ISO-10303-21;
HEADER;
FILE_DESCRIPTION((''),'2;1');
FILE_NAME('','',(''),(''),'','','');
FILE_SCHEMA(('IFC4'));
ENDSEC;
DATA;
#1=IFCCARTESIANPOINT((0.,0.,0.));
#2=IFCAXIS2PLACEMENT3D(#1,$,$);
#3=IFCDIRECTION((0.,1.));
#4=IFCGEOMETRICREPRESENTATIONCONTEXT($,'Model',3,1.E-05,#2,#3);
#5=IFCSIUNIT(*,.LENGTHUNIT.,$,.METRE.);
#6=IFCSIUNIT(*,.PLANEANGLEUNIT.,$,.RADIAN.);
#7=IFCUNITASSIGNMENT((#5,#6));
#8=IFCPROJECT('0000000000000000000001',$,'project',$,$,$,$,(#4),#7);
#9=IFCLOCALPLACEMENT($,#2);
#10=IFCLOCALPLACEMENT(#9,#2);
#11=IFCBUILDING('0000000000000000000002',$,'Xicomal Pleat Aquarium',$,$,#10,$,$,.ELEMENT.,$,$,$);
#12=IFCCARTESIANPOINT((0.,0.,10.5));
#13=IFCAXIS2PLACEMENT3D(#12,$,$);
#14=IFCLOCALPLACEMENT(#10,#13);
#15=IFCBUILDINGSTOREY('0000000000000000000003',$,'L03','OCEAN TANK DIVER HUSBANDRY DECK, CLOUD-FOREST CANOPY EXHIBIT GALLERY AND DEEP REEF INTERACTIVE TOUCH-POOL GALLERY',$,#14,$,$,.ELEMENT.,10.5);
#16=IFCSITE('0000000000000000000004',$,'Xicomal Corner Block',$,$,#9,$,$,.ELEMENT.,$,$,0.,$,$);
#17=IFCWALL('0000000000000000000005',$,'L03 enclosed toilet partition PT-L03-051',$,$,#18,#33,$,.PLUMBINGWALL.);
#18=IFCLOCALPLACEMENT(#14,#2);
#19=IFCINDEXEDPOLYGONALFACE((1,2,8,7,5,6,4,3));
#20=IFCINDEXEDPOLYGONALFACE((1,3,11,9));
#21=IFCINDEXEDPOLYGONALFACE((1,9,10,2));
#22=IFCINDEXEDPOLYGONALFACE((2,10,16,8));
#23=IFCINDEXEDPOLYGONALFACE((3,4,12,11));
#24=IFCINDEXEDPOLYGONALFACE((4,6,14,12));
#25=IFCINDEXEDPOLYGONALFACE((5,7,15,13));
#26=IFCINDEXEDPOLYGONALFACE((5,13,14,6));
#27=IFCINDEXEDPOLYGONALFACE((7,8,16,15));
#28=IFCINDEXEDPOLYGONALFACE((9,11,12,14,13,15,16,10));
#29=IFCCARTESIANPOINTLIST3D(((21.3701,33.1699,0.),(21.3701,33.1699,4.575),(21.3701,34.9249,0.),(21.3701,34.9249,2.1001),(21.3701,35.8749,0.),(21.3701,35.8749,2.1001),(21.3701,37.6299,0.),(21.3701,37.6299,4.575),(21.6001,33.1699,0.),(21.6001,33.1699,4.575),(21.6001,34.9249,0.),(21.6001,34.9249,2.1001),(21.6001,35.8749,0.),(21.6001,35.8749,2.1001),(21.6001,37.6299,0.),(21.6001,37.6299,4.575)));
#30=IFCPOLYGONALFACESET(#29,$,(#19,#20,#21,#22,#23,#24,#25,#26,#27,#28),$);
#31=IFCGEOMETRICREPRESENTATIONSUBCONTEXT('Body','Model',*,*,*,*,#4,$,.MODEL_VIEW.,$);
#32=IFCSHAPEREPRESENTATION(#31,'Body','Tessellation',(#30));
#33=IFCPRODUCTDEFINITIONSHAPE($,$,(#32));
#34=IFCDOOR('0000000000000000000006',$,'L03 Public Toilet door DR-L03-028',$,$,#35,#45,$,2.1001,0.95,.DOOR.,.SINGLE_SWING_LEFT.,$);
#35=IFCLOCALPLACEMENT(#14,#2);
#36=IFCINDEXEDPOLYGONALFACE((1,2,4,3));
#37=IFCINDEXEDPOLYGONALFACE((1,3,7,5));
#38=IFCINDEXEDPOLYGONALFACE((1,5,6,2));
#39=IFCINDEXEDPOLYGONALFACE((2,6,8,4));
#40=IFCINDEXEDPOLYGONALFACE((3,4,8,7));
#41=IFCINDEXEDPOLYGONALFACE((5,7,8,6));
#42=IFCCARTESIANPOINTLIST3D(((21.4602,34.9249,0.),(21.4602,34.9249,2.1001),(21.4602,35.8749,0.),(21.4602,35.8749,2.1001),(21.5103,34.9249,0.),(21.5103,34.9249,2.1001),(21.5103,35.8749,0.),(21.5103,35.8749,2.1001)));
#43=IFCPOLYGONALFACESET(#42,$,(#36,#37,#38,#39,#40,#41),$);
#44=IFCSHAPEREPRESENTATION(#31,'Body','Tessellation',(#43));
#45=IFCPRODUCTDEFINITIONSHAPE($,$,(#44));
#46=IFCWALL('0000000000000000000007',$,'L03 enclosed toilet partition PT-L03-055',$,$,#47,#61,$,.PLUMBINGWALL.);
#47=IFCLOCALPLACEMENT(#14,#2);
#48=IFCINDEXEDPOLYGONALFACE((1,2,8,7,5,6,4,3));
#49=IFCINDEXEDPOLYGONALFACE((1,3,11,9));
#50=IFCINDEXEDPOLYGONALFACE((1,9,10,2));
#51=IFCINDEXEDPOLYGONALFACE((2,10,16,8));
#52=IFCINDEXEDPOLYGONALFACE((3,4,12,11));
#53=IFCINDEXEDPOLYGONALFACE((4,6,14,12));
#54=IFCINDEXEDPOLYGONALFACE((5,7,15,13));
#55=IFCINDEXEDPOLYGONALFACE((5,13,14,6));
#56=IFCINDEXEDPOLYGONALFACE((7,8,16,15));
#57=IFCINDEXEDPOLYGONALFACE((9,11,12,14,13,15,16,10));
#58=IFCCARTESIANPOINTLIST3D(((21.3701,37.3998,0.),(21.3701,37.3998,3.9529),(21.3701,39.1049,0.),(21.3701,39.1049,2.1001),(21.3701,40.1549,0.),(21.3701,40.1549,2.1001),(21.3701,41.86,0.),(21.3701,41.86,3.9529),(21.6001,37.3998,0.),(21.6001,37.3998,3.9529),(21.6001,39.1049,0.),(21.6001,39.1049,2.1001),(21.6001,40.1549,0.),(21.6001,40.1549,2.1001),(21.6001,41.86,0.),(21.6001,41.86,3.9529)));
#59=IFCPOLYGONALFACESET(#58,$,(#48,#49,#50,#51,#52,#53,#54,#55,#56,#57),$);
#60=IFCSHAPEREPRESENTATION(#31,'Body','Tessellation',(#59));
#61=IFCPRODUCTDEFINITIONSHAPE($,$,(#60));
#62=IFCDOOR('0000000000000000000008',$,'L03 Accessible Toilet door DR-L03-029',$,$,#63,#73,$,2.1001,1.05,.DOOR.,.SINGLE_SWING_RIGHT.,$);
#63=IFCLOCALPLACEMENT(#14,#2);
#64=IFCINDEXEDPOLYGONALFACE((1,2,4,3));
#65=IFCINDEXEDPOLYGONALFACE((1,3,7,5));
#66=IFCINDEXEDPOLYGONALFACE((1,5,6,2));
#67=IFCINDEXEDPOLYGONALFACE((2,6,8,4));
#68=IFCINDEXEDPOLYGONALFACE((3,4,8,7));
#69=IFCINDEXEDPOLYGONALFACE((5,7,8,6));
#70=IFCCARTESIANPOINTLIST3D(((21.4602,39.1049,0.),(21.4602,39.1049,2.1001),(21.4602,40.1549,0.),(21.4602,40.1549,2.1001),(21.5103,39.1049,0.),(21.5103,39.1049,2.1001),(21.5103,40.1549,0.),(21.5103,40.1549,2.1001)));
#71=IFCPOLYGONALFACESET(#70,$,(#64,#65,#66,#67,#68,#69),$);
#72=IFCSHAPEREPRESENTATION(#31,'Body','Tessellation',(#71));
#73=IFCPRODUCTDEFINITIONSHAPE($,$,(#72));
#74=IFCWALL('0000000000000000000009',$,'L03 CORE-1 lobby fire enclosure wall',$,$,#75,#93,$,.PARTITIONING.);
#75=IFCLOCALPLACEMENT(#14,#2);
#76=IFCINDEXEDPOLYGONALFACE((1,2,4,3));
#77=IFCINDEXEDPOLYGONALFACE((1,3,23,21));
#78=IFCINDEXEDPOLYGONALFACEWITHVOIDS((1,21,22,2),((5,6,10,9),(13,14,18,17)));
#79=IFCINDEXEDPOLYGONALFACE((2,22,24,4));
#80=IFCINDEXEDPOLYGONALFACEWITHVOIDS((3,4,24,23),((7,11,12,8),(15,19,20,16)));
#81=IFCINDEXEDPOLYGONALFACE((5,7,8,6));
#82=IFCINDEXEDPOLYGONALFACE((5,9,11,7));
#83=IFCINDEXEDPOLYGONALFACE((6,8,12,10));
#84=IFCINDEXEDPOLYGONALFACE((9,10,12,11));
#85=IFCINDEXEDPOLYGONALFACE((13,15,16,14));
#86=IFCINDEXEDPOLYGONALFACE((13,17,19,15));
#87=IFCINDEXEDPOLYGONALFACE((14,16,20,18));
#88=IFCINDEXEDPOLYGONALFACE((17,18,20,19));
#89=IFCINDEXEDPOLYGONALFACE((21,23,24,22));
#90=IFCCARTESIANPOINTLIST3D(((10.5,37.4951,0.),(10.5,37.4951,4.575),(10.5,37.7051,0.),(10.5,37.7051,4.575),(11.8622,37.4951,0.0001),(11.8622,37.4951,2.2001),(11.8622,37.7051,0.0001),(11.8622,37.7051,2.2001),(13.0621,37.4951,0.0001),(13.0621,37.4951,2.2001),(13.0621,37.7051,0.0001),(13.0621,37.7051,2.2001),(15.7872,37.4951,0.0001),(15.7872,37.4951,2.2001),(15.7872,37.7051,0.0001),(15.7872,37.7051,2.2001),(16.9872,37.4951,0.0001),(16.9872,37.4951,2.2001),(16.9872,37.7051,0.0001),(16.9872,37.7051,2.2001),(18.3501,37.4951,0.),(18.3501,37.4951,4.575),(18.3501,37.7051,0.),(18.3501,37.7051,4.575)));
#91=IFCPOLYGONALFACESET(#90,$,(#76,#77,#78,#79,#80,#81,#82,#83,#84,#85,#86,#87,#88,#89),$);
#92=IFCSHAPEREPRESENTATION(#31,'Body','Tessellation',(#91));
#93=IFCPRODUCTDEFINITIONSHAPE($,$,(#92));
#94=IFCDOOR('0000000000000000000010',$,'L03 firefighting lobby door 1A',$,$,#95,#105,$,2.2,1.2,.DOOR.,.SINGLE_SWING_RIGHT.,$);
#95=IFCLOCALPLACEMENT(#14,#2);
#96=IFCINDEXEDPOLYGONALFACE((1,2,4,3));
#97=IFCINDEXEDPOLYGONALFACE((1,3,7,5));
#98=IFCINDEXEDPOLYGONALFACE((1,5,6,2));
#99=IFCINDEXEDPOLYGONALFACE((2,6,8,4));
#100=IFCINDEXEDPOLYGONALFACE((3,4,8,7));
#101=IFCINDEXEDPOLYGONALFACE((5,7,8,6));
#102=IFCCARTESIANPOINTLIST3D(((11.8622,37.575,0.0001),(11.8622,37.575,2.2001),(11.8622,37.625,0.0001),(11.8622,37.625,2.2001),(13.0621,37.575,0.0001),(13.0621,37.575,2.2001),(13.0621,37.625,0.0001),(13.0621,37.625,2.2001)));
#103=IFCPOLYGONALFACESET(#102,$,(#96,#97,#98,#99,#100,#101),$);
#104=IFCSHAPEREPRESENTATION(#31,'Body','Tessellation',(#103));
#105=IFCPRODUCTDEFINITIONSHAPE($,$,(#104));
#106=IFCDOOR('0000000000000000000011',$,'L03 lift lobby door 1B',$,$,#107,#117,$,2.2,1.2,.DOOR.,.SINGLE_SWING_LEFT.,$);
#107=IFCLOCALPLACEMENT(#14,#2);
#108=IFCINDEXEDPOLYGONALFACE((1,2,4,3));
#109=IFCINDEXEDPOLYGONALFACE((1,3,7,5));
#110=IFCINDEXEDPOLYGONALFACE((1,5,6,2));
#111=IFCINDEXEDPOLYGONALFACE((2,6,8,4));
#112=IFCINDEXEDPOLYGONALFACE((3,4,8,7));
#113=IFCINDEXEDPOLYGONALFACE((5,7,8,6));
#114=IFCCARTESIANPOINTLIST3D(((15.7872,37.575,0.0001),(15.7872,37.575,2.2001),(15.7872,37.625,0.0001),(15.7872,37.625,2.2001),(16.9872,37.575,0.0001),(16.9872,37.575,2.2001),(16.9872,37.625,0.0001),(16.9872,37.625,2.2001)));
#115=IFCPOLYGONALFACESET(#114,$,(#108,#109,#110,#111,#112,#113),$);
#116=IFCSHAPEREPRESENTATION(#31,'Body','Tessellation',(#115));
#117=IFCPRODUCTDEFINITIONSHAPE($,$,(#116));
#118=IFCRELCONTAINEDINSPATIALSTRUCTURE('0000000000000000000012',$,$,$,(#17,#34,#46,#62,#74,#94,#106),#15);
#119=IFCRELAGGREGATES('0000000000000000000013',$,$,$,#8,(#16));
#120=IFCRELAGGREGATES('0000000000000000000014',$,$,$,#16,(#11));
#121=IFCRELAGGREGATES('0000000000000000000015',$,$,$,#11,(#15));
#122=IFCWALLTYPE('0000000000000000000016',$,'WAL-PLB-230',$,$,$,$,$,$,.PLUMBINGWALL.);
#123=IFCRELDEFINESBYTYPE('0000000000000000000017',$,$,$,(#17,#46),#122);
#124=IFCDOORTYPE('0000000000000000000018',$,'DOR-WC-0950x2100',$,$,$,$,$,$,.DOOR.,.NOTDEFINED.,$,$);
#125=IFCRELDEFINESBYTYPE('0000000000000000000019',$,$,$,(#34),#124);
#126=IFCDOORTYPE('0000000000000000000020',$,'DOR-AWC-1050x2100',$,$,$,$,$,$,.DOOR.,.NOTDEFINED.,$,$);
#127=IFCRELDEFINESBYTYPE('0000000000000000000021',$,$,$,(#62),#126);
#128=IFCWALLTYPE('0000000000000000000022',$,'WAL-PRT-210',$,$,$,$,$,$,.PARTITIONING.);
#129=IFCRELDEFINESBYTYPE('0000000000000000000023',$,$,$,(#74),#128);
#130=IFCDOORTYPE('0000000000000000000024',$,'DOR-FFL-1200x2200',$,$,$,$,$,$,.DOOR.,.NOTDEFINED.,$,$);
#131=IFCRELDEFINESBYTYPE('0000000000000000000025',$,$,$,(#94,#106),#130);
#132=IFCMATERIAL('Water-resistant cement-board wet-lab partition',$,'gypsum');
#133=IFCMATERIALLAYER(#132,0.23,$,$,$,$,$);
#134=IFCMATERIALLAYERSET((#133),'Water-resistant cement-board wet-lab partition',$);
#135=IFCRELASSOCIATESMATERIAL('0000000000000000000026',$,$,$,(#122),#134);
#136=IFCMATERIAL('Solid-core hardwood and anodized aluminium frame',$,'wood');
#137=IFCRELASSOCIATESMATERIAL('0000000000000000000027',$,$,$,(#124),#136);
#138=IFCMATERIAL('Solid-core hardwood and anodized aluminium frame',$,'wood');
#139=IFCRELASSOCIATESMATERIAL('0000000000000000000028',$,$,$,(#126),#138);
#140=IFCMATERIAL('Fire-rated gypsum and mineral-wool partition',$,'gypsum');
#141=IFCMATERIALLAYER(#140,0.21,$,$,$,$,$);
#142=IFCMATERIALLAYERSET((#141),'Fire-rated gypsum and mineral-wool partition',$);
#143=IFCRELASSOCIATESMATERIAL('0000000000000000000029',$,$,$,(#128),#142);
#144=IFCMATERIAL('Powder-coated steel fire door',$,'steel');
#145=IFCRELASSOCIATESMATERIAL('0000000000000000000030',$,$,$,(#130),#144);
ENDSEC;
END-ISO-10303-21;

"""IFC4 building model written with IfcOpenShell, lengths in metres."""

from ifc_helpers import new_model, si_unit, direction, frame, frame_2d, origin, place, context, subcontext, project, spatial, rectangle, extrude, material, layer, layer_set, type_object, element, fill, save


model = new_model("IFC4")

# Units and contexts
model_context = context("Model", 3, precision=1e-05, world=origin(), true_north=direction((0.0, 1.0)))
body_context = subcontext(model_context, "Body", "Model", "MODEL_VIEW")
ifc_project = project(units=[si_unit("LENGTHUNIT", "METRE"), si_unit("PLANEANGLEUNIT", "RADIAN")], contexts=[model_context])

# Site, building, storey
site_placement = place(None, origin())
site = spatial("IfcSite", under=ifc_project, at=site_placement, Name="Xicomal Corner Block", CompositionType="ELEMENT", RefElevation=0.0)
building_placement = place(site_placement, origin())
building = spatial("IfcBuilding", under=site, at=building_placement, Name="Xicomal Pleat Aquarium", CompositionType="ELEMENT")
storey_placement = place(building_placement, frame((0.0, 0.0, 10.5)))
storey = spatial("IfcBuildingStorey", under=building, at=storey_placement, Name="L03", Description="OCEAN TANK DIVER HUSBANDRY DECK, CLOUD-FOREST CANOPY EXHIBIT GALLERY AND DEEP REEF INTERACTIVE TOUCH-POOL GALLERY", CompositionType="ELEMENT", Elevation=10.5)

# Walls, openings, doors
ifc_material_1 = material(Name="Water-resistant cement-board wet-lab partition", Category="gypsum")
ifc_layer_1 = layer(ifc_material_1, 0.23)
ifc_layer_set_1 = layer_set([ifc_layer_1], Name="Water-resistant cement-board wet-lab partition")
wall_type_1 = type_object("IfcWallType", Name="WAL-PLB-230", PredefinedType="PLUMBINGWALL", material=ifc_layer_set_1)
wall_1_placement = place(storey_placement, frame((21.4851, 33.1699, 0.0), z_axis=(0.0, 0.0, 1.0), x_axis=(0.0, 1.0, 0.0)))
wall_1 = element("IfcWall", 1, at=wall_1_placement, inside=storey, type_object=wall_type_1, Name="L03 enclosed toilet partition PT-L03-051", PredefinedType="PLUMBINGWALL", context=body_context, shape_type="SweptSolid", body=[
    extrude(rectangle(XDim=4.46, YDim=0.23, at=frame_2d((2.23, 0.0))), origin(), (0.0, 0.0, 1.0), 4.575),
])
opening_1_placement = place(wall_1_placement, frame((1.7549, 0.0, 0.0)))
opening_1 = element("IfcOpeningElement", 2, at=opening_1_placement, cuts=wall_1, PredefinedType="OPENING", context=body_context, shape_type="SweptSolid", body=[
    extrude(rectangle(XDim=0.95, YDim=2.1001, at=frame_2d((0.4751, 1.05))), frame((0.0, 0.125, 0.0), z_axis=(0.0, -1.0, 0.0), x_axis=(1.0, 0.0, 0.0)), (0.0, 0.0, 1.0), 0.25),
])
ifc_material_2 = material(Name="Solid-core hardwood and anodized aluminium frame", Category="wood")
door_type_1 = type_object("IfcDoorType", Name="DOR-WC-0950x2100", OperationType="NOTDEFINED", PredefinedType="DOOR", material=ifc_material_2)
door_1_placement = place(opening_1_placement, origin())
door_1 = element("IfcDoor", 3, at=door_1_placement, inside=storey, type_object=door_type_1, Name="L03 Public Toilet door DR-L03-028", OperationType="SINGLE_SWING_LEFT", OverallHeight=2.1001, OverallWidth=0.95, PredefinedType="DOOR", context=body_context, shape_type="SweptSolid", body=[
    extrude(rectangle(XDim=0.95, YDim=2.1001, at=frame_2d((0.4751, 1.05))), frame((0.0, 0.0249, 0.0), z_axis=(0.0, -1.0, 0.0), x_axis=(1.0, 0.0, 0.0)), (0.0, 0.0, 1.0), 0.05),
])
fill(opening_1, door_1)
wall_2_placement = place(storey_placement, frame((21.4851, 37.3999, 0.0), z_axis=(0.0, 0.0, 1.0), x_axis=(0.0, 1.0, 0.0)))
wall_2 = element("IfcWall", 4, at=wall_2_placement, inside=storey, type_object=wall_type_1, Name="L03 enclosed toilet partition PT-L03-055", PredefinedType="PLUMBINGWALL", context=body_context, shape_type="SweptSolid", body=[
    extrude(rectangle(XDim=4.4602, YDim=0.23, at=frame_2d((2.23, 0.0))), origin(), (0.0, 0.0, 1.0), 3.9529),
])
opening_2_placement = place(wall_2_placement, frame((1.7051, 0.0, 0.0)))
opening_2 = element("IfcOpeningElement", 5, at=opening_2_placement, cuts=wall_2, PredefinedType="OPENING", context=body_context, shape_type="SweptSolid", body=[
    extrude(rectangle(XDim=1.05, YDim=2.1001, at=frame_2d((0.5249, 1.05))), frame((0.0, 0.125, 0.0), z_axis=(0.0, -1.0, 0.0), x_axis=(1.0, 0.0, 0.0)), (0.0, 0.0, 1.0), 0.25),
])
ifc_material_3 = material(Name="Solid-core hardwood and anodized aluminium frame", Category="wood")
door_type_2 = type_object("IfcDoorType", Name="DOR-AWC-1050x2100", OperationType="NOTDEFINED", PredefinedType="DOOR", material=ifc_material_3)
door_2_placement = place(opening_2_placement, origin())
door_2 = element("IfcDoor", 6, at=door_2_placement, inside=storey, type_object=door_type_2, Name="L03 Accessible Toilet door DR-L03-029", OperationType="SINGLE_SWING_RIGHT", OverallHeight=2.1001, OverallWidth=1.05, PredefinedType="DOOR", context=body_context, shape_type="SweptSolid", body=[
    extrude(rectangle(XDim=1.05, YDim=2.1001, at=frame_2d((0.5249, 1.05))), frame((0.0, 0.0249, 0.0), z_axis=(0.0, -1.0, 0.0), x_axis=(1.0, 0.0, 0.0)), (0.0, 0.0, 1.0), 0.05),
])
fill(opening_2, door_2)

# Wall, openings, doors
ifc_material_4 = material(Name="Fire-rated gypsum and mineral-wool partition", Category="gypsum")
ifc_layer_2 = layer(ifc_material_4, 0.21)
ifc_layer_set_2 = layer_set([ifc_layer_2], Name="Fire-rated gypsum and mineral-wool partition")
wall_type_2 = type_object("IfcWallType", Name="WAL-PRT-210", PredefinedType="PARTITIONING", material=ifc_layer_set_2)
wall_3_placement = place(storey_placement, frame((10.5, 37.6001, 0.0), z_axis=(0.0, 0.0, 1.0), x_axis=(1.0, 0.0, 0.0)))
wall_3 = element("IfcWall", 7, at=wall_3_placement, inside=storey, type_object=wall_type_2, Name="L03 CORE-1 lobby fire enclosure wall", PredefinedType="PARTITIONING", context=body_context, shape_type="SweptSolid", body=[
    extrude(rectangle(XDim=7.8501, YDim=0.21, at=frame_2d((3.925, 0.0))), origin(), (0.0, 0.0, 1.0), 4.575),
])
opening_3_placement = place(wall_3_placement, frame((1.3621, 0.0, 0.0)))
opening_3 = element("IfcOpeningElement", 8, at=opening_3_placement, cuts=wall_3, PredefinedType="OPENING", context=body_context, shape_type="SweptSolid", body=[
    extrude(rectangle(XDim=1.2, YDim=2.2, at=frame_2d((0.6001, 1.1001))), frame((0.0, 0.115, 0.0), z_axis=(0.0, -1.0, 0.0), x_axis=(1.0, 0.0, 0.0)), (0.0, 0.0, 1.0), 0.23),
])
opening_4_placement = place(wall_3_placement, frame((5.2871, 0.0, 0.0)))
opening_4 = element("IfcOpeningElement", 9, at=opening_4_placement, cuts=wall_3, PredefinedType="OPENING", context=body_context, shape_type="SweptSolid", body=[
    extrude(rectangle(XDim=1.2, YDim=2.2, at=frame_2d((0.6001, 1.1001))), frame((0.0, 0.115, 0.0), z_axis=(0.0, -1.0, 0.0), x_axis=(1.0, 0.0, 0.0)), (0.0, 0.0, 1.0), 0.23),
])
ifc_material_5 = material(Name="Powder-coated steel fire door", Category="steel")
door_type_3 = type_object("IfcDoorType", Name="DOR-FFL-1200x2200", OperationType="NOTDEFINED", PredefinedType="DOOR", material=ifc_material_5)
door_3_placement = place(opening_3_placement, origin())
door_3 = element("IfcDoor", 10, at=door_3_placement, inside=storey, type_object=door_type_3, Name="L03 firefighting lobby door 1A", OperationType="SINGLE_SWING_RIGHT", OverallHeight=2.2, OverallWidth=1.2, PredefinedType="DOOR", context=body_context, shape_type="SweptSolid", body=[
    extrude(rectangle(XDim=1.2, YDim=2.2, at=frame_2d((0.6001, 1.1001))), frame((0.0, 0.0249, 0.0), z_axis=(0.0, -1.0, 0.0), x_axis=(1.0, 0.0, 0.0)), (0.0, 0.0, 1.0), 0.05),
])
fill(opening_3, door_3)
door_4_placement = place(opening_4_placement, origin())
door_4 = element("IfcDoor", 11, at=door_4_placement, inside=storey, type_object=door_type_3, Name="L03 lift lobby door 1B", OperationType="SINGLE_SWING_LEFT", OverallHeight=2.2, OverallWidth=1.2, PredefinedType="DOOR", context=body_context, shape_type="SweptSolid", body=[
    extrude(rectangle(XDim=1.2, YDim=2.2, at=frame_2d((0.6001, 1.1001))), frame((0.0, 0.0249, 0.0), z_axis=(0.0, -1.0, 0.0), x_axis=(1.0, 0.0, 0.0)), (0.0, 0.0, 1.0), 0.05),
])
fill(opening_4, door_4)

save(model, "model.ifc")
